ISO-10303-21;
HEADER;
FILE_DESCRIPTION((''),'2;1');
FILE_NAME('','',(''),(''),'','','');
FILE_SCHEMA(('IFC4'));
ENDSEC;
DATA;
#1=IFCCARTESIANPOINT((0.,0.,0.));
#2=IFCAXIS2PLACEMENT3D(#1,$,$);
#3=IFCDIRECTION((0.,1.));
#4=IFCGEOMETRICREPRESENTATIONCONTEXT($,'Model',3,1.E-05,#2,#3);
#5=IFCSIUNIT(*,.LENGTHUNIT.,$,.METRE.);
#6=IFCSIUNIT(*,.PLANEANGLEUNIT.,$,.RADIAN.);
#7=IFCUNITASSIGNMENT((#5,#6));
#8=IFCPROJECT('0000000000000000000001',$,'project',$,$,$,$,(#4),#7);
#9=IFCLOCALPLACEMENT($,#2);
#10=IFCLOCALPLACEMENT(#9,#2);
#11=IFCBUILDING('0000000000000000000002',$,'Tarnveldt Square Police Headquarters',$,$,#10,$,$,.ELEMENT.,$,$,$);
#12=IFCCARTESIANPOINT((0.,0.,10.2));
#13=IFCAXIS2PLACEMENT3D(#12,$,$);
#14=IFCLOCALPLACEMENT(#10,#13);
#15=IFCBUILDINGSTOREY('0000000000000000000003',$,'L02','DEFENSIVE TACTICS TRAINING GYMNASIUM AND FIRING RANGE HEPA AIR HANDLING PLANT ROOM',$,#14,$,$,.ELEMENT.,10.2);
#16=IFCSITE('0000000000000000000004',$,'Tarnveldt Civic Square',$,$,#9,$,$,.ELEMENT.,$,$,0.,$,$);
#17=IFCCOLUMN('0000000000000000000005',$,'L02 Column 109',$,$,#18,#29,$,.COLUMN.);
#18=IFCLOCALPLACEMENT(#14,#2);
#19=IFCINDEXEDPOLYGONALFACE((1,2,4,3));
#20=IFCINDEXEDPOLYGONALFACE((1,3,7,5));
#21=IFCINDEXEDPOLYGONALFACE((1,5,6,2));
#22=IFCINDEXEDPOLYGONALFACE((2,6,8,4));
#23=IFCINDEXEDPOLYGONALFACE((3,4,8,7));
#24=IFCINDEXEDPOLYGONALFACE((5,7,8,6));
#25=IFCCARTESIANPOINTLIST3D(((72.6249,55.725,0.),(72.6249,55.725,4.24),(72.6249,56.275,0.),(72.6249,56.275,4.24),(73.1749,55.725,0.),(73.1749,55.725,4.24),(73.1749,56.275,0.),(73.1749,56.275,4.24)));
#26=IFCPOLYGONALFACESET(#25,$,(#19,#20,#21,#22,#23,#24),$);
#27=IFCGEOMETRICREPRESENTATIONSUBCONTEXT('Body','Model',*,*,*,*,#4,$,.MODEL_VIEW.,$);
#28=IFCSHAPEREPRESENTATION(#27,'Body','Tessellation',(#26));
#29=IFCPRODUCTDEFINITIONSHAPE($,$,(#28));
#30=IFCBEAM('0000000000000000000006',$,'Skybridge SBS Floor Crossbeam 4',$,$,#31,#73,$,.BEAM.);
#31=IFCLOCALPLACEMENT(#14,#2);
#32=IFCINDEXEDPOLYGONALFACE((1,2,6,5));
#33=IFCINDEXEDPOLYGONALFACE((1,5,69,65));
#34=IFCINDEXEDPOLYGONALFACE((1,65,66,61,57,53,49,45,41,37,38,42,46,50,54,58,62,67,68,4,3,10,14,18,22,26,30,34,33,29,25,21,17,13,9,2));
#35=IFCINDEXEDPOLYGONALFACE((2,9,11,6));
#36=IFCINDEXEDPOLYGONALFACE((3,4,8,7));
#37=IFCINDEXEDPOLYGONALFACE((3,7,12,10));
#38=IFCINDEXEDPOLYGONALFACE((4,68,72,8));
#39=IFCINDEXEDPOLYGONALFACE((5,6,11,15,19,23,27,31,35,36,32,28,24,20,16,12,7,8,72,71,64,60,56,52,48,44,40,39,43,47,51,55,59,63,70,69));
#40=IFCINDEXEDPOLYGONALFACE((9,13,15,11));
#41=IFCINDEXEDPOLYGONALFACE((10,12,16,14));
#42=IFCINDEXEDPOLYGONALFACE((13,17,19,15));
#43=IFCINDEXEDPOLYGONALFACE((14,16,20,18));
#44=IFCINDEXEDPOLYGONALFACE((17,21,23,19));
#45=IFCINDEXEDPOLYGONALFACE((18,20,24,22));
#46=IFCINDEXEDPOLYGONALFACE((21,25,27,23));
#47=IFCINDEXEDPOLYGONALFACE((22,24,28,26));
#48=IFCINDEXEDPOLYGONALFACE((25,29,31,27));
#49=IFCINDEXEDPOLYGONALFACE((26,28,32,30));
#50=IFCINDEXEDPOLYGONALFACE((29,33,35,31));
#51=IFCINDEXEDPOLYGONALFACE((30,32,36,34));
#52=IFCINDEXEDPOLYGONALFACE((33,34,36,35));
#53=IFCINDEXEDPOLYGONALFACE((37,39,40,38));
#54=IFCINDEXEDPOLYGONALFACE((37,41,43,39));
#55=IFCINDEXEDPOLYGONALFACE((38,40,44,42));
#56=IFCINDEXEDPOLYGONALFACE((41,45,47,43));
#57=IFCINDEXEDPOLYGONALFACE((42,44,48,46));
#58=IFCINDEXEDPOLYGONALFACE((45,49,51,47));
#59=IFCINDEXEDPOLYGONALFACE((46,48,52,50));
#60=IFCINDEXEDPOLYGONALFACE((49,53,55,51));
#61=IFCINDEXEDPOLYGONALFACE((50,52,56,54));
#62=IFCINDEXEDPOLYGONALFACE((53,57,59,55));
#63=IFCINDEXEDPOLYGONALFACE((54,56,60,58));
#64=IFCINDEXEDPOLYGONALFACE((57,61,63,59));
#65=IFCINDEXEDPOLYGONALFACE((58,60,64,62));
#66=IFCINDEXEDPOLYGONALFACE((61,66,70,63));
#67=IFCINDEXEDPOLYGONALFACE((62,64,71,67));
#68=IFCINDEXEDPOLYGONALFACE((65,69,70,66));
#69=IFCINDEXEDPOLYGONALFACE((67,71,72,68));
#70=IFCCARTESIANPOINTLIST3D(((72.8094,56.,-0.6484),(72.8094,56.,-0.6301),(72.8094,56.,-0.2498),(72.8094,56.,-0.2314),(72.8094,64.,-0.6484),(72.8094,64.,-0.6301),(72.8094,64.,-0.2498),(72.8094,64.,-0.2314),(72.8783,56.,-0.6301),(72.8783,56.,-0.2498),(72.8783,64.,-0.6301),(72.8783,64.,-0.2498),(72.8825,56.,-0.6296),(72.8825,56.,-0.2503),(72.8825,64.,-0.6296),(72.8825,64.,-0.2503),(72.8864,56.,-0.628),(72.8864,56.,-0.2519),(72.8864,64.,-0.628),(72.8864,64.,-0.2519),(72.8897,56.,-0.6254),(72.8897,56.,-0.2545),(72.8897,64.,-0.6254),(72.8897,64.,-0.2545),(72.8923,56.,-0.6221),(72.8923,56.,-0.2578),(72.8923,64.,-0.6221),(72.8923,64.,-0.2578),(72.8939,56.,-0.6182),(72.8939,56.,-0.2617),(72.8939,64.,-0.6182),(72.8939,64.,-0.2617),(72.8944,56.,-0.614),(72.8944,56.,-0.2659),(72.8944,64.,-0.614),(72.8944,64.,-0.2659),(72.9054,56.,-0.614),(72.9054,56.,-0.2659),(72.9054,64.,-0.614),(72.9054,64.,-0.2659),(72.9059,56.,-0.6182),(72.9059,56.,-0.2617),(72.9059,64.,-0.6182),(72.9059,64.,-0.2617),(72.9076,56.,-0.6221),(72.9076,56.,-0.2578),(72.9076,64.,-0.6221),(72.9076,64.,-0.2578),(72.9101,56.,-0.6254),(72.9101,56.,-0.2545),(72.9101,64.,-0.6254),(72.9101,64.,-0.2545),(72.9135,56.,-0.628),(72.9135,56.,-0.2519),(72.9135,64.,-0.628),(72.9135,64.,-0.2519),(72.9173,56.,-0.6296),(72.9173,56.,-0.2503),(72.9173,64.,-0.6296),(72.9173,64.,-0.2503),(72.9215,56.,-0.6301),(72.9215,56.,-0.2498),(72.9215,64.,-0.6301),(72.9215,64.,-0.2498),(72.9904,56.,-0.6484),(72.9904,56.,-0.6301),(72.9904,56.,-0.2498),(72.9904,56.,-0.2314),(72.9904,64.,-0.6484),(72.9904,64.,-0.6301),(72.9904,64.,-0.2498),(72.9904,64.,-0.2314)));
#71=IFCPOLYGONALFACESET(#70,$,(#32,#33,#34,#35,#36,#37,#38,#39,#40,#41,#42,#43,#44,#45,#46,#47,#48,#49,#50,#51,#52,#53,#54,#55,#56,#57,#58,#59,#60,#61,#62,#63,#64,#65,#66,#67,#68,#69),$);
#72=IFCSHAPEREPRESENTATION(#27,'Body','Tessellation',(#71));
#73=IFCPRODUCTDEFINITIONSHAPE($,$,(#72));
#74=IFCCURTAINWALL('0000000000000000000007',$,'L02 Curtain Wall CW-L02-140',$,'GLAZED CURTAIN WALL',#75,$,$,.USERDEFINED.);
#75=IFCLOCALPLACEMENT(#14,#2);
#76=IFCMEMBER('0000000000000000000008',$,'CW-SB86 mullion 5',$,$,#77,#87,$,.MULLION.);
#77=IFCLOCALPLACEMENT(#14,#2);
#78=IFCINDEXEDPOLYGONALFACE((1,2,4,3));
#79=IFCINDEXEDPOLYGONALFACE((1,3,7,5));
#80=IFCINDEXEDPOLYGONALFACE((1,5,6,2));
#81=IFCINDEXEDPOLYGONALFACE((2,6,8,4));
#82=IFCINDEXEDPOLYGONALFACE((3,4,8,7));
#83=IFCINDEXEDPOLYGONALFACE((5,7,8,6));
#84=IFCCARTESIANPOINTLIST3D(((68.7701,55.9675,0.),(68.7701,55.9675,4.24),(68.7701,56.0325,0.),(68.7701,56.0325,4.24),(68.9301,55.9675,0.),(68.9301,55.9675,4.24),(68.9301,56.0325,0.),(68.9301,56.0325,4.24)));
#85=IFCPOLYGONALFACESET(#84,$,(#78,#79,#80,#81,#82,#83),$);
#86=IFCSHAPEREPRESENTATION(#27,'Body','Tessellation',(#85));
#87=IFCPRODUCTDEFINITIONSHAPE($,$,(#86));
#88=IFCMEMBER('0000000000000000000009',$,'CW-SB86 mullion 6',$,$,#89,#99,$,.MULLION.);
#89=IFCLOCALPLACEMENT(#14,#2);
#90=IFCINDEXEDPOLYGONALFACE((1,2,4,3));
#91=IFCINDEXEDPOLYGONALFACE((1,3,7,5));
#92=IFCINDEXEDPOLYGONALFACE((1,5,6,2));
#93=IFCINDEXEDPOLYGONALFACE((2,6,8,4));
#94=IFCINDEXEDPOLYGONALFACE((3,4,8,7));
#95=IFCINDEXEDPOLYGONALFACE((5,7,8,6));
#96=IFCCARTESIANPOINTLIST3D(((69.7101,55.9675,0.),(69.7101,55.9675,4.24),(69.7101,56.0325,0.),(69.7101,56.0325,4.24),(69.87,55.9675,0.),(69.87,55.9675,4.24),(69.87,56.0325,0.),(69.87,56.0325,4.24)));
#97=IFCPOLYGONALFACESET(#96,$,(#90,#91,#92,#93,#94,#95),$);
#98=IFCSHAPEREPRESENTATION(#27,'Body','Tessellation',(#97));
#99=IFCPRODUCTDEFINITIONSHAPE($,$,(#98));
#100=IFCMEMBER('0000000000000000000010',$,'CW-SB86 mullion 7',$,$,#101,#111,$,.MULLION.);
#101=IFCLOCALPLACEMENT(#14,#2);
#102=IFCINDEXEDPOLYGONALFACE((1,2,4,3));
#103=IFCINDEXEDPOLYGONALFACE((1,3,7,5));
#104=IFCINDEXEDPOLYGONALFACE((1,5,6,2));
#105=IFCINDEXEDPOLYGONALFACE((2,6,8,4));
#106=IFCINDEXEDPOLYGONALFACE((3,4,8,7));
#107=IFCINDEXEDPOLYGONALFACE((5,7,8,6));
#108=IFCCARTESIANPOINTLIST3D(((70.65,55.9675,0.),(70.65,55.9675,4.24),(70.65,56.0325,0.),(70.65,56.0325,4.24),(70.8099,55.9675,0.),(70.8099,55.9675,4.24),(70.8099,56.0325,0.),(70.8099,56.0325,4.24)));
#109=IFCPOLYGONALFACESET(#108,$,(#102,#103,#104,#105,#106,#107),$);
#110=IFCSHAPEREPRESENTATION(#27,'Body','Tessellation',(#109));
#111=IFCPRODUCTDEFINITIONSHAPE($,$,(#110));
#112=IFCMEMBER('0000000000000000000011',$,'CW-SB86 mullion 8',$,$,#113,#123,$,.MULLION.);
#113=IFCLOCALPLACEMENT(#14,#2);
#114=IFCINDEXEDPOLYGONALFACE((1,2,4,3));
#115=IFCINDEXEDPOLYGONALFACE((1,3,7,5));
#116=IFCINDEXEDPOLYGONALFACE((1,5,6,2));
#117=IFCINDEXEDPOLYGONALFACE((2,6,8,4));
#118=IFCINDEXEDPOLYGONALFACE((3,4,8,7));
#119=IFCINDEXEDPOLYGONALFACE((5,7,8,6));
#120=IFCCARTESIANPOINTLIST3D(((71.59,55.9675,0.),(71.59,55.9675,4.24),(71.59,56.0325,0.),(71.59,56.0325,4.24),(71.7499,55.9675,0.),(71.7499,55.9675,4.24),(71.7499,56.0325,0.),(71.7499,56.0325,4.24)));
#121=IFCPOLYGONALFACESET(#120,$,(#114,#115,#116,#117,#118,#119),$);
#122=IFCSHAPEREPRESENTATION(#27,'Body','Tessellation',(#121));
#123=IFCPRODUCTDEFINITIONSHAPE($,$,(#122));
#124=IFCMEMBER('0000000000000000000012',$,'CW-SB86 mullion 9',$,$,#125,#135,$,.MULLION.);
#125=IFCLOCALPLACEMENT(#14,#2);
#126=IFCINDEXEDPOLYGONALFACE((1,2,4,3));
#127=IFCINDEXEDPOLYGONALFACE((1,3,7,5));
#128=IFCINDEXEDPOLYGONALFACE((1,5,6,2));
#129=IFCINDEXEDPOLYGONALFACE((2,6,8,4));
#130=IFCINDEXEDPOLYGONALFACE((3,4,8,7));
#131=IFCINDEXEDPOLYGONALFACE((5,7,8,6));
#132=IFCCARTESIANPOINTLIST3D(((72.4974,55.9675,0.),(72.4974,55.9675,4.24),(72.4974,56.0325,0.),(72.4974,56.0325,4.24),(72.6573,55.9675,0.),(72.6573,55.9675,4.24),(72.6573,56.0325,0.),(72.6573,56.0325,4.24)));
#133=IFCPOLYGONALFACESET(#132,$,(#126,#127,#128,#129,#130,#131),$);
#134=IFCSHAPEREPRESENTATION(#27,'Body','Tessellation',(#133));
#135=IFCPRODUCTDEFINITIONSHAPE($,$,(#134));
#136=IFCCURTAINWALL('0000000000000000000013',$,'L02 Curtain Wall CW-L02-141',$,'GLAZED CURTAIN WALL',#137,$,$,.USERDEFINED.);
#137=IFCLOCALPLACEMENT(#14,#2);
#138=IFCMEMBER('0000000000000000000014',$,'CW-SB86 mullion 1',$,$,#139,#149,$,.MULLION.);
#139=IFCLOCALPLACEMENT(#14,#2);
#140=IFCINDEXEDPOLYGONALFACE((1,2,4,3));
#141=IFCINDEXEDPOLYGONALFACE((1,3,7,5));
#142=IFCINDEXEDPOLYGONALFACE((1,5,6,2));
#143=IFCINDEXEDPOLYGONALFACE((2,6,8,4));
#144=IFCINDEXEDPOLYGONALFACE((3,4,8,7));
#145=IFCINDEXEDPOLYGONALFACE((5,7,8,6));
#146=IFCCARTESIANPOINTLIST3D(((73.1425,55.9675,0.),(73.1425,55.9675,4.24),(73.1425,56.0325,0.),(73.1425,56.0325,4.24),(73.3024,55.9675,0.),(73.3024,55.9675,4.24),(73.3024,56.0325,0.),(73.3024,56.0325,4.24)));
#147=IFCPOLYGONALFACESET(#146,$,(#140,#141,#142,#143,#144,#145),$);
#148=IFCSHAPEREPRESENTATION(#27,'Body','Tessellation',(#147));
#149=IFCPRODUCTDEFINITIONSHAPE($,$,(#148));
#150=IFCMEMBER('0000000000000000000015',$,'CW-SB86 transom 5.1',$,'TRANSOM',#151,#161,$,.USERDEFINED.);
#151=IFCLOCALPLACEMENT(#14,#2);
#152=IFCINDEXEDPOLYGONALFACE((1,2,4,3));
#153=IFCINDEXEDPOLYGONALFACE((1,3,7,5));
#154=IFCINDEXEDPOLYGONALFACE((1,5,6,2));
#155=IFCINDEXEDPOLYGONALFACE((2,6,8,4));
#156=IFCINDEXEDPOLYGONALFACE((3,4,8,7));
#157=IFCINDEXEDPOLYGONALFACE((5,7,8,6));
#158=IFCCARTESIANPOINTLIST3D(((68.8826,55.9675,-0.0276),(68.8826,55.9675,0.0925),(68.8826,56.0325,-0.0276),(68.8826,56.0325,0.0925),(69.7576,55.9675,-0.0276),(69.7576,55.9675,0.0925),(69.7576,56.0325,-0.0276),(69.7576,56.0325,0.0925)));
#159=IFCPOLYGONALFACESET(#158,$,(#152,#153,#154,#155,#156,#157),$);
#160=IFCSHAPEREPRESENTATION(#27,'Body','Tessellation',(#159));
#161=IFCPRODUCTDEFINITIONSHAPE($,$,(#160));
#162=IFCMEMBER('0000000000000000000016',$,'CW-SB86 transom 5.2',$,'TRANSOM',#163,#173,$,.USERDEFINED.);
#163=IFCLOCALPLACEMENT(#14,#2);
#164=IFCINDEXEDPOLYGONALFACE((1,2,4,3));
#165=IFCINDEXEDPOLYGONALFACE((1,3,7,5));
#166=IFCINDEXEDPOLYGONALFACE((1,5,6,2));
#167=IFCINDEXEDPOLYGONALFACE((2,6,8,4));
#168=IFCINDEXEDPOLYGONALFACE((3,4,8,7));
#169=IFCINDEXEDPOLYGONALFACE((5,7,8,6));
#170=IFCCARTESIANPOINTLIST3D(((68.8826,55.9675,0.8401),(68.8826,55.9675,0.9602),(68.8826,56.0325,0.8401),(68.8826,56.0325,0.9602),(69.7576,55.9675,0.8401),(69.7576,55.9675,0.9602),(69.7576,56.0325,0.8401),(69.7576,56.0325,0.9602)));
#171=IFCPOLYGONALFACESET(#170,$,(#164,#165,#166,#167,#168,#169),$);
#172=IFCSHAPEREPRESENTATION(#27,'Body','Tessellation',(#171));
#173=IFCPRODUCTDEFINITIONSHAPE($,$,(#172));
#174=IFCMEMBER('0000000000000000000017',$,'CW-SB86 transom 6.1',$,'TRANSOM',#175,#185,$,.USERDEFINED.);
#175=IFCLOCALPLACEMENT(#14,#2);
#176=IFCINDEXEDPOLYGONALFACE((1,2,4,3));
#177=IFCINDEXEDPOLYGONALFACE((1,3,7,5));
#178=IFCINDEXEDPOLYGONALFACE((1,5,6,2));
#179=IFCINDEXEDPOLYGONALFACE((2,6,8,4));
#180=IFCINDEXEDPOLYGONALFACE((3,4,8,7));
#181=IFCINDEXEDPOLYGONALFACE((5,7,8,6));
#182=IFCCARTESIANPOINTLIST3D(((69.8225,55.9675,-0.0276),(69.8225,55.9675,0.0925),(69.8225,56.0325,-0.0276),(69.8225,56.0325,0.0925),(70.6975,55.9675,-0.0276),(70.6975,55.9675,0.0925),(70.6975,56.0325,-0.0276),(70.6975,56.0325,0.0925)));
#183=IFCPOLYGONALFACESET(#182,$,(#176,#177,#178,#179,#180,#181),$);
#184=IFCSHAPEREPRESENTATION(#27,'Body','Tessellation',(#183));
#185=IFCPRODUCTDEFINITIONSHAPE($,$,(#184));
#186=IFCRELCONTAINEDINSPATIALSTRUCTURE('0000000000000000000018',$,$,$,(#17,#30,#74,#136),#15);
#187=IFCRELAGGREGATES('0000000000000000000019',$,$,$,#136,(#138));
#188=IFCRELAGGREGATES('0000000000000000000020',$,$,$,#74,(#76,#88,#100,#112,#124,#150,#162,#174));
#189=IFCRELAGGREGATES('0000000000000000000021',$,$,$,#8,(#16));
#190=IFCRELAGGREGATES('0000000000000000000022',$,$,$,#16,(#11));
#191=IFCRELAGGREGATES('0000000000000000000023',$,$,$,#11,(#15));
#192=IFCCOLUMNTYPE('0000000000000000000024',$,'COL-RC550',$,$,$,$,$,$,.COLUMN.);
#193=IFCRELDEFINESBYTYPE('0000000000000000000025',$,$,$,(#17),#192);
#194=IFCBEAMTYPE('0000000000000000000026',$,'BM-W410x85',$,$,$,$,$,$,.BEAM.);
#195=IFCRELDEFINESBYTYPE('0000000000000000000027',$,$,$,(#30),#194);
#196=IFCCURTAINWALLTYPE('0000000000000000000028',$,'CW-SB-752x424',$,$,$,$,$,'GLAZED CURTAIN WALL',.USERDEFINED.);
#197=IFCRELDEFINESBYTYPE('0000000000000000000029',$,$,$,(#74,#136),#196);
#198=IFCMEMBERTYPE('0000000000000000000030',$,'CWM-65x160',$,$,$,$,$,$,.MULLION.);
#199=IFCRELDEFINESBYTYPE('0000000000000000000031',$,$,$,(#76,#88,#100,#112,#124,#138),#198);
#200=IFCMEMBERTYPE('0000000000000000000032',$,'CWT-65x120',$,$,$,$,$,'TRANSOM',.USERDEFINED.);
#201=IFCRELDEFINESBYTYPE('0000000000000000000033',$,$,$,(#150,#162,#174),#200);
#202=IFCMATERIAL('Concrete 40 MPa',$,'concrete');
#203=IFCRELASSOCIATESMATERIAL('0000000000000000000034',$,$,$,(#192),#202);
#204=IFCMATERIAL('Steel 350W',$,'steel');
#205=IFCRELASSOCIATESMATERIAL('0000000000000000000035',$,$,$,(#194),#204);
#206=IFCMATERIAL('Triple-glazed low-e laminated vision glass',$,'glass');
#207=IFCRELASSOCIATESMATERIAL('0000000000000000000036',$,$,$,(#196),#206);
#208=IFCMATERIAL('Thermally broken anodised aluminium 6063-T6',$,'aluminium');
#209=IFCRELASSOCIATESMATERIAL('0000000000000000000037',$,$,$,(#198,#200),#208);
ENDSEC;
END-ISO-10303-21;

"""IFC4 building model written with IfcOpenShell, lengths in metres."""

from ifc_helpers import new_model, si_unit, direction, frame, origin, origin_2d, place, context, subcontext, project, spatial, rectangle, i_section, extrude, material, material_profile, profile_set, type_object, element, aggregate, save


model = new_model("IFC4")

# Units and contexts
model_context = context("Model", 3, precision=1e-05, world=origin(), true_north=direction((0.0, 1.0)))
body_context = subcontext(model_context, "Body", "Model", "MODEL_VIEW")
ifc_project = project(units=[si_unit("LENGTHUNIT", "METRE"), si_unit("PLANEANGLEUNIT", "RADIAN")], contexts=[model_context])

# Site, building, storey
site_placement = place(None, origin())
site = spatial("IfcSite", under=ifc_project, at=site_placement, Name="Tarnveldt Civic Square", CompositionType="ELEMENT", RefElevation=0.0)
building_placement = place(site_placement, origin())
building = spatial("IfcBuilding", under=site, at=building_placement, Name="Tarnveldt Square Police Headquarters", CompositionType="ELEMENT")
storey_placement = place(building_placement, frame((0.0, 0.0, 10.2)))
storey = spatial("IfcBuildingStorey", under=building, at=storey_placement, Name="L02", Description="DEFENSIVE TACTICS TRAINING GYMNASIUM AND FIRING RANGE HEPA AIR HANDLING PLANT ROOM", CompositionType="ELEMENT", Elevation=10.2)

# Column
ifc_material_1 = material(Name="Concrete 40 MPa", Category="concrete")
ifc_material_profile_1 = material_profile(ifc_material_1, rectangle(XDim=0.55, YDim=0.55, at=origin_2d()), Name="RC-C550x550")
ifc_profile_set_1 = profile_set([ifc_material_profile_1], Name="Concrete 40 MPa")
column_type = type_object("IfcColumnType", Name="COL-RC550", PredefinedType="COLUMN", material=ifc_profile_set_1)
column_placement = place(storey_placement, frame((72.8999, 56.0, 0.0), z_axis=(0.0, 0.0, 1.0), x_axis=(1.0, 0.0, 0.0)))
element("IfcColumn", 1, at=column_placement, inside=storey, type_object=column_type, Name="L02 Column 109", PredefinedType="COLUMN", context=body_context, shape_type="SweptSolid", body=[
    extrude(rectangle(XDim=0.55, YDim=0.55, at=origin_2d()), origin(), (0.0, 0.0, 1.0), 4.24),
])

# Beam
ifc_material_2 = material(Name="Steel 350W", Category="steel")
ifc_material_profile_2 = material_profile(ifc_material_2, i_section(OverallWidth=0.1809, OverallDepth=0.417, WebThickness=0.011, FlangeThickness=0.0183, FilletRadius=0.0161, at=origin_2d()), Name="W410x85")
ifc_profile_set_2 = profile_set([ifc_material_profile_2], Name="Steel 350W")
beam_type = type_object("IfcBeamType", Name="BM-W410x85", PredefinedType="BEAM", material=ifc_profile_set_2)
beam_placement = place(storey_placement, frame((72.8999, 56.0, -0.4399), z_axis=(0.0, 1.0, 0.0), x_axis=(-1.0, 0.0, 0.0)))
element("IfcBeam", 2, at=beam_placement, inside=storey, type_object=beam_type, Name="Skybridge SBS Floor Crossbeam 4", PredefinedType="BEAM", context=body_context, shape_type="SweptSolid", body=[
    extrude(i_section(OverallWidth=0.1809, OverallDepth=0.417, WebThickness=0.011, FlangeThickness=0.0183, FilletRadius=0.0161, at=origin_2d()), origin(), (0.0, 0.0, 1.0), 8.0),
])

# Curtain wall, members
ifc_material_3 = material(Name="Triple-glazed low-e laminated vision glass", Category="glass")
curtain_wall_type = type_object("IfcCurtainWallType", Name="CW-SB-752x424", ElementType="GLAZED CURTAIN WALL", PredefinedType="USERDEFINED", material=ifc_material_3)
curtain_wall_1_placement = place(storey_placement, origin())
curtain_wall_1 = element("IfcCurtainWall", 3, at=curtain_wall_1_placement, inside=storey, type_object=curtain_wall_type, Name="L02 Curtain Wall CW-L02-140", ObjectType="GLAZED CURTAIN WALL", PredefinedType="USERDEFINED")
ifc_material_4 = material(Name="Thermally broken anodised aluminium 6063-T6", Category="aluminium")
ifc_material_profile_3 = material_profile(ifc_material_4, rectangle(XDim=0.0649, YDim=0.1599, at=origin_2d()), Name="CW-M65x160")
ifc_profile_set_3 = profile_set([ifc_material_profile_3], Name="Thermally broken anodised aluminium 6063-T6")
member_type_1 = type_object("IfcMemberType", Name="CWM-65x160", PredefinedType="MULLION", material=ifc_profile_set_3)
member_1_placement = place(storey_placement, frame((68.8501, 56.0, 0.0), z_axis=(0.0, 0.0, 1.0), x_axis=(0.0, 1.0, 0.0)))
member_1 = element("IfcMember", 4, at=member_1_placement, type_object=member_type_1, Name="CW-SB86 mullion 5", PredefinedType="MULLION", context=body_context, shape_type="SweptSolid", body=[
    extrude(rectangle(XDim=0.0649, YDim=0.1599, at=origin_2d()), origin(), (0.0, 0.0, 1.0), 4.24),
])
member_2_placement = place(storey_placement, frame((69.79, 56.0, 0.0), z_axis=(0.0, 0.0, 1.0), x_axis=(0.0, 1.0, 0.0)))
member_2 = element("IfcMember", 5, at=member_2_placement, type_object=member_type_1, Name="CW-SB86 mullion 6", PredefinedType="MULLION", context=body_context, shape_type="SweptSolid", body=[
    extrude(rectangle(XDim=0.0649, YDim=0.1599, at=origin_2d()), origin(), (0.0, 0.0, 1.0), 4.24),
])
member_3_placement = place(storey_placement, frame((70.73, 56.0, 0.0), z_axis=(0.0, 0.0, 1.0), x_axis=(0.0, 1.0, 0.0)))
member_3 = element("IfcMember", 6, at=member_3_placement, type_object=member_type_1, Name="CW-SB86 mullion 7", PredefinedType="MULLION", context=body_context, shape_type="SweptSolid", body=[
    extrude(rectangle(XDim=0.0649, YDim=0.1599, at=origin_2d()), origin(), (0.0, 0.0, 1.0), 4.24),
])
member_4_placement = place(storey_placement, frame((71.6699, 56.0, 0.0), z_axis=(0.0, 0.0, 1.0), x_axis=(0.0, 1.0, 0.0)))
member_4 = element("IfcMember", 7, at=member_4_placement, type_object=member_type_1, Name="CW-SB86 mullion 8", PredefinedType="MULLION", context=body_context, shape_type="SweptSolid", body=[
    extrude(rectangle(XDim=0.0649, YDim=0.1599, at=origin_2d()), origin(), (0.0, 0.0, 1.0), 4.24),
])
member_5_placement = place(storey_placement, frame((72.5774, 56.0, 0.0), z_axis=(0.0, 0.0, 1.0), x_axis=(0.0, 1.0, 0.0)))
member_5 = element("IfcMember", 8, at=member_5_placement, type_object=member_type_1, Name="CW-SB86 mullion 9", PredefinedType="MULLION", context=body_context, shape_type="SweptSolid", body=[
    extrude(rectangle(XDim=0.0649, YDim=0.1599, at=origin_2d()), origin(), (0.0, 0.0, 1.0), 4.24),
])

# Curtain wall, member
curtain_wall_2_placement = place(storey_placement, origin())
curtain_wall_2 = element("IfcCurtainWall", 9, at=curtain_wall_2_placement, inside=storey, type_object=curtain_wall_type, Name="L02 Curtain Wall CW-L02-141", ObjectType="GLAZED CURTAIN WALL", PredefinedType="USERDEFINED")
member_6_placement = place(storey_placement, frame((73.2224, 56.0, 0.0), z_axis=(0.0, 0.0, 1.0), x_axis=(0.0, 1.0, 0.0)))
member_6 = element("IfcMember", 10, at=member_6_placement, type_object=member_type_1, Name="CW-SB86 mullion 1", PredefinedType="MULLION", context=body_context, shape_type="SweptSolid", body=[
    extrude(rectangle(XDim=0.0649, YDim=0.1599, at=origin_2d()), origin(), (0.0, 0.0, 1.0), 4.24),
])
aggregate(curtain_wall_2, [member_6])

# Members
ifc_material_profile_4 = material_profile(ifc_material_4, rectangle(XDim=0.0649, YDim=0.1201, at=origin_2d()), Name="CW-T65x120")
ifc_profile_set_4 = profile_set([ifc_material_profile_4], Name="Thermally broken anodised aluminium 6063-T6")
member_type_2 = type_object("IfcMemberType", Name="CWT-65x120", ElementType="TRANSOM", PredefinedType="USERDEFINED", material=ifc_profile_set_4)
member_7_placement = place(storey_placement, frame((68.8826, 56.0, 0.0325), z_axis=(1.0, 0.0, 0.0), x_axis=(0.0, 1.0, 0.0)))
member_7 = element("IfcMember", 11, at=member_7_placement, type_object=member_type_2, Name="CW-SB86 transom 5.1", ObjectType="TRANSOM", PredefinedType="USERDEFINED", context=body_context, shape_type="SweptSolid", body=[
    extrude(rectangle(XDim=0.0649, YDim=0.1201, at=origin_2d()), origin(), (0.0, 0.0, 1.0), 0.875),
])
member_8_placement = place(storey_placement, frame((68.8826, 56.0, 0.9001), z_axis=(1.0, 0.0, 0.0), x_axis=(0.0, 1.0, 0.0)))
member_8 = element("IfcMember", 12, at=member_8_placement, type_object=member_type_2, Name="CW-SB86 transom 5.2", ObjectType="TRANSOM", PredefinedType="USERDEFINED", context=body_context, shape_type="SweptSolid", body=[
    extrude(rectangle(XDim=0.0649, YDim=0.1201, at=origin_2d()), origin(), (0.0, 0.0, 1.0), 0.875),
])
member_9_placement = place(storey_placement, frame((69.8225, 56.0, 0.0325), z_axis=(1.0, 0.0, 0.0), x_axis=(0.0, 1.0, 0.0)))
member_9 = element("IfcMember", 13, at=member_9_placement, type_object=member_type_2, Name="CW-SB86 transom 6.1", ObjectType="TRANSOM", PredefinedType="USERDEFINED", context=body_context, shape_type="SweptSolid", body=[
    extrude(rectangle(XDim=0.0649, YDim=0.1201, at=origin_2d()), origin(), (0.0, 0.0, 1.0), 0.875),
])

aggregate(curtain_wall_1, [member_1, member_2, member_3, member_4, member_5, member_7, member_8, member_9])

save(model, "model.ifc")
